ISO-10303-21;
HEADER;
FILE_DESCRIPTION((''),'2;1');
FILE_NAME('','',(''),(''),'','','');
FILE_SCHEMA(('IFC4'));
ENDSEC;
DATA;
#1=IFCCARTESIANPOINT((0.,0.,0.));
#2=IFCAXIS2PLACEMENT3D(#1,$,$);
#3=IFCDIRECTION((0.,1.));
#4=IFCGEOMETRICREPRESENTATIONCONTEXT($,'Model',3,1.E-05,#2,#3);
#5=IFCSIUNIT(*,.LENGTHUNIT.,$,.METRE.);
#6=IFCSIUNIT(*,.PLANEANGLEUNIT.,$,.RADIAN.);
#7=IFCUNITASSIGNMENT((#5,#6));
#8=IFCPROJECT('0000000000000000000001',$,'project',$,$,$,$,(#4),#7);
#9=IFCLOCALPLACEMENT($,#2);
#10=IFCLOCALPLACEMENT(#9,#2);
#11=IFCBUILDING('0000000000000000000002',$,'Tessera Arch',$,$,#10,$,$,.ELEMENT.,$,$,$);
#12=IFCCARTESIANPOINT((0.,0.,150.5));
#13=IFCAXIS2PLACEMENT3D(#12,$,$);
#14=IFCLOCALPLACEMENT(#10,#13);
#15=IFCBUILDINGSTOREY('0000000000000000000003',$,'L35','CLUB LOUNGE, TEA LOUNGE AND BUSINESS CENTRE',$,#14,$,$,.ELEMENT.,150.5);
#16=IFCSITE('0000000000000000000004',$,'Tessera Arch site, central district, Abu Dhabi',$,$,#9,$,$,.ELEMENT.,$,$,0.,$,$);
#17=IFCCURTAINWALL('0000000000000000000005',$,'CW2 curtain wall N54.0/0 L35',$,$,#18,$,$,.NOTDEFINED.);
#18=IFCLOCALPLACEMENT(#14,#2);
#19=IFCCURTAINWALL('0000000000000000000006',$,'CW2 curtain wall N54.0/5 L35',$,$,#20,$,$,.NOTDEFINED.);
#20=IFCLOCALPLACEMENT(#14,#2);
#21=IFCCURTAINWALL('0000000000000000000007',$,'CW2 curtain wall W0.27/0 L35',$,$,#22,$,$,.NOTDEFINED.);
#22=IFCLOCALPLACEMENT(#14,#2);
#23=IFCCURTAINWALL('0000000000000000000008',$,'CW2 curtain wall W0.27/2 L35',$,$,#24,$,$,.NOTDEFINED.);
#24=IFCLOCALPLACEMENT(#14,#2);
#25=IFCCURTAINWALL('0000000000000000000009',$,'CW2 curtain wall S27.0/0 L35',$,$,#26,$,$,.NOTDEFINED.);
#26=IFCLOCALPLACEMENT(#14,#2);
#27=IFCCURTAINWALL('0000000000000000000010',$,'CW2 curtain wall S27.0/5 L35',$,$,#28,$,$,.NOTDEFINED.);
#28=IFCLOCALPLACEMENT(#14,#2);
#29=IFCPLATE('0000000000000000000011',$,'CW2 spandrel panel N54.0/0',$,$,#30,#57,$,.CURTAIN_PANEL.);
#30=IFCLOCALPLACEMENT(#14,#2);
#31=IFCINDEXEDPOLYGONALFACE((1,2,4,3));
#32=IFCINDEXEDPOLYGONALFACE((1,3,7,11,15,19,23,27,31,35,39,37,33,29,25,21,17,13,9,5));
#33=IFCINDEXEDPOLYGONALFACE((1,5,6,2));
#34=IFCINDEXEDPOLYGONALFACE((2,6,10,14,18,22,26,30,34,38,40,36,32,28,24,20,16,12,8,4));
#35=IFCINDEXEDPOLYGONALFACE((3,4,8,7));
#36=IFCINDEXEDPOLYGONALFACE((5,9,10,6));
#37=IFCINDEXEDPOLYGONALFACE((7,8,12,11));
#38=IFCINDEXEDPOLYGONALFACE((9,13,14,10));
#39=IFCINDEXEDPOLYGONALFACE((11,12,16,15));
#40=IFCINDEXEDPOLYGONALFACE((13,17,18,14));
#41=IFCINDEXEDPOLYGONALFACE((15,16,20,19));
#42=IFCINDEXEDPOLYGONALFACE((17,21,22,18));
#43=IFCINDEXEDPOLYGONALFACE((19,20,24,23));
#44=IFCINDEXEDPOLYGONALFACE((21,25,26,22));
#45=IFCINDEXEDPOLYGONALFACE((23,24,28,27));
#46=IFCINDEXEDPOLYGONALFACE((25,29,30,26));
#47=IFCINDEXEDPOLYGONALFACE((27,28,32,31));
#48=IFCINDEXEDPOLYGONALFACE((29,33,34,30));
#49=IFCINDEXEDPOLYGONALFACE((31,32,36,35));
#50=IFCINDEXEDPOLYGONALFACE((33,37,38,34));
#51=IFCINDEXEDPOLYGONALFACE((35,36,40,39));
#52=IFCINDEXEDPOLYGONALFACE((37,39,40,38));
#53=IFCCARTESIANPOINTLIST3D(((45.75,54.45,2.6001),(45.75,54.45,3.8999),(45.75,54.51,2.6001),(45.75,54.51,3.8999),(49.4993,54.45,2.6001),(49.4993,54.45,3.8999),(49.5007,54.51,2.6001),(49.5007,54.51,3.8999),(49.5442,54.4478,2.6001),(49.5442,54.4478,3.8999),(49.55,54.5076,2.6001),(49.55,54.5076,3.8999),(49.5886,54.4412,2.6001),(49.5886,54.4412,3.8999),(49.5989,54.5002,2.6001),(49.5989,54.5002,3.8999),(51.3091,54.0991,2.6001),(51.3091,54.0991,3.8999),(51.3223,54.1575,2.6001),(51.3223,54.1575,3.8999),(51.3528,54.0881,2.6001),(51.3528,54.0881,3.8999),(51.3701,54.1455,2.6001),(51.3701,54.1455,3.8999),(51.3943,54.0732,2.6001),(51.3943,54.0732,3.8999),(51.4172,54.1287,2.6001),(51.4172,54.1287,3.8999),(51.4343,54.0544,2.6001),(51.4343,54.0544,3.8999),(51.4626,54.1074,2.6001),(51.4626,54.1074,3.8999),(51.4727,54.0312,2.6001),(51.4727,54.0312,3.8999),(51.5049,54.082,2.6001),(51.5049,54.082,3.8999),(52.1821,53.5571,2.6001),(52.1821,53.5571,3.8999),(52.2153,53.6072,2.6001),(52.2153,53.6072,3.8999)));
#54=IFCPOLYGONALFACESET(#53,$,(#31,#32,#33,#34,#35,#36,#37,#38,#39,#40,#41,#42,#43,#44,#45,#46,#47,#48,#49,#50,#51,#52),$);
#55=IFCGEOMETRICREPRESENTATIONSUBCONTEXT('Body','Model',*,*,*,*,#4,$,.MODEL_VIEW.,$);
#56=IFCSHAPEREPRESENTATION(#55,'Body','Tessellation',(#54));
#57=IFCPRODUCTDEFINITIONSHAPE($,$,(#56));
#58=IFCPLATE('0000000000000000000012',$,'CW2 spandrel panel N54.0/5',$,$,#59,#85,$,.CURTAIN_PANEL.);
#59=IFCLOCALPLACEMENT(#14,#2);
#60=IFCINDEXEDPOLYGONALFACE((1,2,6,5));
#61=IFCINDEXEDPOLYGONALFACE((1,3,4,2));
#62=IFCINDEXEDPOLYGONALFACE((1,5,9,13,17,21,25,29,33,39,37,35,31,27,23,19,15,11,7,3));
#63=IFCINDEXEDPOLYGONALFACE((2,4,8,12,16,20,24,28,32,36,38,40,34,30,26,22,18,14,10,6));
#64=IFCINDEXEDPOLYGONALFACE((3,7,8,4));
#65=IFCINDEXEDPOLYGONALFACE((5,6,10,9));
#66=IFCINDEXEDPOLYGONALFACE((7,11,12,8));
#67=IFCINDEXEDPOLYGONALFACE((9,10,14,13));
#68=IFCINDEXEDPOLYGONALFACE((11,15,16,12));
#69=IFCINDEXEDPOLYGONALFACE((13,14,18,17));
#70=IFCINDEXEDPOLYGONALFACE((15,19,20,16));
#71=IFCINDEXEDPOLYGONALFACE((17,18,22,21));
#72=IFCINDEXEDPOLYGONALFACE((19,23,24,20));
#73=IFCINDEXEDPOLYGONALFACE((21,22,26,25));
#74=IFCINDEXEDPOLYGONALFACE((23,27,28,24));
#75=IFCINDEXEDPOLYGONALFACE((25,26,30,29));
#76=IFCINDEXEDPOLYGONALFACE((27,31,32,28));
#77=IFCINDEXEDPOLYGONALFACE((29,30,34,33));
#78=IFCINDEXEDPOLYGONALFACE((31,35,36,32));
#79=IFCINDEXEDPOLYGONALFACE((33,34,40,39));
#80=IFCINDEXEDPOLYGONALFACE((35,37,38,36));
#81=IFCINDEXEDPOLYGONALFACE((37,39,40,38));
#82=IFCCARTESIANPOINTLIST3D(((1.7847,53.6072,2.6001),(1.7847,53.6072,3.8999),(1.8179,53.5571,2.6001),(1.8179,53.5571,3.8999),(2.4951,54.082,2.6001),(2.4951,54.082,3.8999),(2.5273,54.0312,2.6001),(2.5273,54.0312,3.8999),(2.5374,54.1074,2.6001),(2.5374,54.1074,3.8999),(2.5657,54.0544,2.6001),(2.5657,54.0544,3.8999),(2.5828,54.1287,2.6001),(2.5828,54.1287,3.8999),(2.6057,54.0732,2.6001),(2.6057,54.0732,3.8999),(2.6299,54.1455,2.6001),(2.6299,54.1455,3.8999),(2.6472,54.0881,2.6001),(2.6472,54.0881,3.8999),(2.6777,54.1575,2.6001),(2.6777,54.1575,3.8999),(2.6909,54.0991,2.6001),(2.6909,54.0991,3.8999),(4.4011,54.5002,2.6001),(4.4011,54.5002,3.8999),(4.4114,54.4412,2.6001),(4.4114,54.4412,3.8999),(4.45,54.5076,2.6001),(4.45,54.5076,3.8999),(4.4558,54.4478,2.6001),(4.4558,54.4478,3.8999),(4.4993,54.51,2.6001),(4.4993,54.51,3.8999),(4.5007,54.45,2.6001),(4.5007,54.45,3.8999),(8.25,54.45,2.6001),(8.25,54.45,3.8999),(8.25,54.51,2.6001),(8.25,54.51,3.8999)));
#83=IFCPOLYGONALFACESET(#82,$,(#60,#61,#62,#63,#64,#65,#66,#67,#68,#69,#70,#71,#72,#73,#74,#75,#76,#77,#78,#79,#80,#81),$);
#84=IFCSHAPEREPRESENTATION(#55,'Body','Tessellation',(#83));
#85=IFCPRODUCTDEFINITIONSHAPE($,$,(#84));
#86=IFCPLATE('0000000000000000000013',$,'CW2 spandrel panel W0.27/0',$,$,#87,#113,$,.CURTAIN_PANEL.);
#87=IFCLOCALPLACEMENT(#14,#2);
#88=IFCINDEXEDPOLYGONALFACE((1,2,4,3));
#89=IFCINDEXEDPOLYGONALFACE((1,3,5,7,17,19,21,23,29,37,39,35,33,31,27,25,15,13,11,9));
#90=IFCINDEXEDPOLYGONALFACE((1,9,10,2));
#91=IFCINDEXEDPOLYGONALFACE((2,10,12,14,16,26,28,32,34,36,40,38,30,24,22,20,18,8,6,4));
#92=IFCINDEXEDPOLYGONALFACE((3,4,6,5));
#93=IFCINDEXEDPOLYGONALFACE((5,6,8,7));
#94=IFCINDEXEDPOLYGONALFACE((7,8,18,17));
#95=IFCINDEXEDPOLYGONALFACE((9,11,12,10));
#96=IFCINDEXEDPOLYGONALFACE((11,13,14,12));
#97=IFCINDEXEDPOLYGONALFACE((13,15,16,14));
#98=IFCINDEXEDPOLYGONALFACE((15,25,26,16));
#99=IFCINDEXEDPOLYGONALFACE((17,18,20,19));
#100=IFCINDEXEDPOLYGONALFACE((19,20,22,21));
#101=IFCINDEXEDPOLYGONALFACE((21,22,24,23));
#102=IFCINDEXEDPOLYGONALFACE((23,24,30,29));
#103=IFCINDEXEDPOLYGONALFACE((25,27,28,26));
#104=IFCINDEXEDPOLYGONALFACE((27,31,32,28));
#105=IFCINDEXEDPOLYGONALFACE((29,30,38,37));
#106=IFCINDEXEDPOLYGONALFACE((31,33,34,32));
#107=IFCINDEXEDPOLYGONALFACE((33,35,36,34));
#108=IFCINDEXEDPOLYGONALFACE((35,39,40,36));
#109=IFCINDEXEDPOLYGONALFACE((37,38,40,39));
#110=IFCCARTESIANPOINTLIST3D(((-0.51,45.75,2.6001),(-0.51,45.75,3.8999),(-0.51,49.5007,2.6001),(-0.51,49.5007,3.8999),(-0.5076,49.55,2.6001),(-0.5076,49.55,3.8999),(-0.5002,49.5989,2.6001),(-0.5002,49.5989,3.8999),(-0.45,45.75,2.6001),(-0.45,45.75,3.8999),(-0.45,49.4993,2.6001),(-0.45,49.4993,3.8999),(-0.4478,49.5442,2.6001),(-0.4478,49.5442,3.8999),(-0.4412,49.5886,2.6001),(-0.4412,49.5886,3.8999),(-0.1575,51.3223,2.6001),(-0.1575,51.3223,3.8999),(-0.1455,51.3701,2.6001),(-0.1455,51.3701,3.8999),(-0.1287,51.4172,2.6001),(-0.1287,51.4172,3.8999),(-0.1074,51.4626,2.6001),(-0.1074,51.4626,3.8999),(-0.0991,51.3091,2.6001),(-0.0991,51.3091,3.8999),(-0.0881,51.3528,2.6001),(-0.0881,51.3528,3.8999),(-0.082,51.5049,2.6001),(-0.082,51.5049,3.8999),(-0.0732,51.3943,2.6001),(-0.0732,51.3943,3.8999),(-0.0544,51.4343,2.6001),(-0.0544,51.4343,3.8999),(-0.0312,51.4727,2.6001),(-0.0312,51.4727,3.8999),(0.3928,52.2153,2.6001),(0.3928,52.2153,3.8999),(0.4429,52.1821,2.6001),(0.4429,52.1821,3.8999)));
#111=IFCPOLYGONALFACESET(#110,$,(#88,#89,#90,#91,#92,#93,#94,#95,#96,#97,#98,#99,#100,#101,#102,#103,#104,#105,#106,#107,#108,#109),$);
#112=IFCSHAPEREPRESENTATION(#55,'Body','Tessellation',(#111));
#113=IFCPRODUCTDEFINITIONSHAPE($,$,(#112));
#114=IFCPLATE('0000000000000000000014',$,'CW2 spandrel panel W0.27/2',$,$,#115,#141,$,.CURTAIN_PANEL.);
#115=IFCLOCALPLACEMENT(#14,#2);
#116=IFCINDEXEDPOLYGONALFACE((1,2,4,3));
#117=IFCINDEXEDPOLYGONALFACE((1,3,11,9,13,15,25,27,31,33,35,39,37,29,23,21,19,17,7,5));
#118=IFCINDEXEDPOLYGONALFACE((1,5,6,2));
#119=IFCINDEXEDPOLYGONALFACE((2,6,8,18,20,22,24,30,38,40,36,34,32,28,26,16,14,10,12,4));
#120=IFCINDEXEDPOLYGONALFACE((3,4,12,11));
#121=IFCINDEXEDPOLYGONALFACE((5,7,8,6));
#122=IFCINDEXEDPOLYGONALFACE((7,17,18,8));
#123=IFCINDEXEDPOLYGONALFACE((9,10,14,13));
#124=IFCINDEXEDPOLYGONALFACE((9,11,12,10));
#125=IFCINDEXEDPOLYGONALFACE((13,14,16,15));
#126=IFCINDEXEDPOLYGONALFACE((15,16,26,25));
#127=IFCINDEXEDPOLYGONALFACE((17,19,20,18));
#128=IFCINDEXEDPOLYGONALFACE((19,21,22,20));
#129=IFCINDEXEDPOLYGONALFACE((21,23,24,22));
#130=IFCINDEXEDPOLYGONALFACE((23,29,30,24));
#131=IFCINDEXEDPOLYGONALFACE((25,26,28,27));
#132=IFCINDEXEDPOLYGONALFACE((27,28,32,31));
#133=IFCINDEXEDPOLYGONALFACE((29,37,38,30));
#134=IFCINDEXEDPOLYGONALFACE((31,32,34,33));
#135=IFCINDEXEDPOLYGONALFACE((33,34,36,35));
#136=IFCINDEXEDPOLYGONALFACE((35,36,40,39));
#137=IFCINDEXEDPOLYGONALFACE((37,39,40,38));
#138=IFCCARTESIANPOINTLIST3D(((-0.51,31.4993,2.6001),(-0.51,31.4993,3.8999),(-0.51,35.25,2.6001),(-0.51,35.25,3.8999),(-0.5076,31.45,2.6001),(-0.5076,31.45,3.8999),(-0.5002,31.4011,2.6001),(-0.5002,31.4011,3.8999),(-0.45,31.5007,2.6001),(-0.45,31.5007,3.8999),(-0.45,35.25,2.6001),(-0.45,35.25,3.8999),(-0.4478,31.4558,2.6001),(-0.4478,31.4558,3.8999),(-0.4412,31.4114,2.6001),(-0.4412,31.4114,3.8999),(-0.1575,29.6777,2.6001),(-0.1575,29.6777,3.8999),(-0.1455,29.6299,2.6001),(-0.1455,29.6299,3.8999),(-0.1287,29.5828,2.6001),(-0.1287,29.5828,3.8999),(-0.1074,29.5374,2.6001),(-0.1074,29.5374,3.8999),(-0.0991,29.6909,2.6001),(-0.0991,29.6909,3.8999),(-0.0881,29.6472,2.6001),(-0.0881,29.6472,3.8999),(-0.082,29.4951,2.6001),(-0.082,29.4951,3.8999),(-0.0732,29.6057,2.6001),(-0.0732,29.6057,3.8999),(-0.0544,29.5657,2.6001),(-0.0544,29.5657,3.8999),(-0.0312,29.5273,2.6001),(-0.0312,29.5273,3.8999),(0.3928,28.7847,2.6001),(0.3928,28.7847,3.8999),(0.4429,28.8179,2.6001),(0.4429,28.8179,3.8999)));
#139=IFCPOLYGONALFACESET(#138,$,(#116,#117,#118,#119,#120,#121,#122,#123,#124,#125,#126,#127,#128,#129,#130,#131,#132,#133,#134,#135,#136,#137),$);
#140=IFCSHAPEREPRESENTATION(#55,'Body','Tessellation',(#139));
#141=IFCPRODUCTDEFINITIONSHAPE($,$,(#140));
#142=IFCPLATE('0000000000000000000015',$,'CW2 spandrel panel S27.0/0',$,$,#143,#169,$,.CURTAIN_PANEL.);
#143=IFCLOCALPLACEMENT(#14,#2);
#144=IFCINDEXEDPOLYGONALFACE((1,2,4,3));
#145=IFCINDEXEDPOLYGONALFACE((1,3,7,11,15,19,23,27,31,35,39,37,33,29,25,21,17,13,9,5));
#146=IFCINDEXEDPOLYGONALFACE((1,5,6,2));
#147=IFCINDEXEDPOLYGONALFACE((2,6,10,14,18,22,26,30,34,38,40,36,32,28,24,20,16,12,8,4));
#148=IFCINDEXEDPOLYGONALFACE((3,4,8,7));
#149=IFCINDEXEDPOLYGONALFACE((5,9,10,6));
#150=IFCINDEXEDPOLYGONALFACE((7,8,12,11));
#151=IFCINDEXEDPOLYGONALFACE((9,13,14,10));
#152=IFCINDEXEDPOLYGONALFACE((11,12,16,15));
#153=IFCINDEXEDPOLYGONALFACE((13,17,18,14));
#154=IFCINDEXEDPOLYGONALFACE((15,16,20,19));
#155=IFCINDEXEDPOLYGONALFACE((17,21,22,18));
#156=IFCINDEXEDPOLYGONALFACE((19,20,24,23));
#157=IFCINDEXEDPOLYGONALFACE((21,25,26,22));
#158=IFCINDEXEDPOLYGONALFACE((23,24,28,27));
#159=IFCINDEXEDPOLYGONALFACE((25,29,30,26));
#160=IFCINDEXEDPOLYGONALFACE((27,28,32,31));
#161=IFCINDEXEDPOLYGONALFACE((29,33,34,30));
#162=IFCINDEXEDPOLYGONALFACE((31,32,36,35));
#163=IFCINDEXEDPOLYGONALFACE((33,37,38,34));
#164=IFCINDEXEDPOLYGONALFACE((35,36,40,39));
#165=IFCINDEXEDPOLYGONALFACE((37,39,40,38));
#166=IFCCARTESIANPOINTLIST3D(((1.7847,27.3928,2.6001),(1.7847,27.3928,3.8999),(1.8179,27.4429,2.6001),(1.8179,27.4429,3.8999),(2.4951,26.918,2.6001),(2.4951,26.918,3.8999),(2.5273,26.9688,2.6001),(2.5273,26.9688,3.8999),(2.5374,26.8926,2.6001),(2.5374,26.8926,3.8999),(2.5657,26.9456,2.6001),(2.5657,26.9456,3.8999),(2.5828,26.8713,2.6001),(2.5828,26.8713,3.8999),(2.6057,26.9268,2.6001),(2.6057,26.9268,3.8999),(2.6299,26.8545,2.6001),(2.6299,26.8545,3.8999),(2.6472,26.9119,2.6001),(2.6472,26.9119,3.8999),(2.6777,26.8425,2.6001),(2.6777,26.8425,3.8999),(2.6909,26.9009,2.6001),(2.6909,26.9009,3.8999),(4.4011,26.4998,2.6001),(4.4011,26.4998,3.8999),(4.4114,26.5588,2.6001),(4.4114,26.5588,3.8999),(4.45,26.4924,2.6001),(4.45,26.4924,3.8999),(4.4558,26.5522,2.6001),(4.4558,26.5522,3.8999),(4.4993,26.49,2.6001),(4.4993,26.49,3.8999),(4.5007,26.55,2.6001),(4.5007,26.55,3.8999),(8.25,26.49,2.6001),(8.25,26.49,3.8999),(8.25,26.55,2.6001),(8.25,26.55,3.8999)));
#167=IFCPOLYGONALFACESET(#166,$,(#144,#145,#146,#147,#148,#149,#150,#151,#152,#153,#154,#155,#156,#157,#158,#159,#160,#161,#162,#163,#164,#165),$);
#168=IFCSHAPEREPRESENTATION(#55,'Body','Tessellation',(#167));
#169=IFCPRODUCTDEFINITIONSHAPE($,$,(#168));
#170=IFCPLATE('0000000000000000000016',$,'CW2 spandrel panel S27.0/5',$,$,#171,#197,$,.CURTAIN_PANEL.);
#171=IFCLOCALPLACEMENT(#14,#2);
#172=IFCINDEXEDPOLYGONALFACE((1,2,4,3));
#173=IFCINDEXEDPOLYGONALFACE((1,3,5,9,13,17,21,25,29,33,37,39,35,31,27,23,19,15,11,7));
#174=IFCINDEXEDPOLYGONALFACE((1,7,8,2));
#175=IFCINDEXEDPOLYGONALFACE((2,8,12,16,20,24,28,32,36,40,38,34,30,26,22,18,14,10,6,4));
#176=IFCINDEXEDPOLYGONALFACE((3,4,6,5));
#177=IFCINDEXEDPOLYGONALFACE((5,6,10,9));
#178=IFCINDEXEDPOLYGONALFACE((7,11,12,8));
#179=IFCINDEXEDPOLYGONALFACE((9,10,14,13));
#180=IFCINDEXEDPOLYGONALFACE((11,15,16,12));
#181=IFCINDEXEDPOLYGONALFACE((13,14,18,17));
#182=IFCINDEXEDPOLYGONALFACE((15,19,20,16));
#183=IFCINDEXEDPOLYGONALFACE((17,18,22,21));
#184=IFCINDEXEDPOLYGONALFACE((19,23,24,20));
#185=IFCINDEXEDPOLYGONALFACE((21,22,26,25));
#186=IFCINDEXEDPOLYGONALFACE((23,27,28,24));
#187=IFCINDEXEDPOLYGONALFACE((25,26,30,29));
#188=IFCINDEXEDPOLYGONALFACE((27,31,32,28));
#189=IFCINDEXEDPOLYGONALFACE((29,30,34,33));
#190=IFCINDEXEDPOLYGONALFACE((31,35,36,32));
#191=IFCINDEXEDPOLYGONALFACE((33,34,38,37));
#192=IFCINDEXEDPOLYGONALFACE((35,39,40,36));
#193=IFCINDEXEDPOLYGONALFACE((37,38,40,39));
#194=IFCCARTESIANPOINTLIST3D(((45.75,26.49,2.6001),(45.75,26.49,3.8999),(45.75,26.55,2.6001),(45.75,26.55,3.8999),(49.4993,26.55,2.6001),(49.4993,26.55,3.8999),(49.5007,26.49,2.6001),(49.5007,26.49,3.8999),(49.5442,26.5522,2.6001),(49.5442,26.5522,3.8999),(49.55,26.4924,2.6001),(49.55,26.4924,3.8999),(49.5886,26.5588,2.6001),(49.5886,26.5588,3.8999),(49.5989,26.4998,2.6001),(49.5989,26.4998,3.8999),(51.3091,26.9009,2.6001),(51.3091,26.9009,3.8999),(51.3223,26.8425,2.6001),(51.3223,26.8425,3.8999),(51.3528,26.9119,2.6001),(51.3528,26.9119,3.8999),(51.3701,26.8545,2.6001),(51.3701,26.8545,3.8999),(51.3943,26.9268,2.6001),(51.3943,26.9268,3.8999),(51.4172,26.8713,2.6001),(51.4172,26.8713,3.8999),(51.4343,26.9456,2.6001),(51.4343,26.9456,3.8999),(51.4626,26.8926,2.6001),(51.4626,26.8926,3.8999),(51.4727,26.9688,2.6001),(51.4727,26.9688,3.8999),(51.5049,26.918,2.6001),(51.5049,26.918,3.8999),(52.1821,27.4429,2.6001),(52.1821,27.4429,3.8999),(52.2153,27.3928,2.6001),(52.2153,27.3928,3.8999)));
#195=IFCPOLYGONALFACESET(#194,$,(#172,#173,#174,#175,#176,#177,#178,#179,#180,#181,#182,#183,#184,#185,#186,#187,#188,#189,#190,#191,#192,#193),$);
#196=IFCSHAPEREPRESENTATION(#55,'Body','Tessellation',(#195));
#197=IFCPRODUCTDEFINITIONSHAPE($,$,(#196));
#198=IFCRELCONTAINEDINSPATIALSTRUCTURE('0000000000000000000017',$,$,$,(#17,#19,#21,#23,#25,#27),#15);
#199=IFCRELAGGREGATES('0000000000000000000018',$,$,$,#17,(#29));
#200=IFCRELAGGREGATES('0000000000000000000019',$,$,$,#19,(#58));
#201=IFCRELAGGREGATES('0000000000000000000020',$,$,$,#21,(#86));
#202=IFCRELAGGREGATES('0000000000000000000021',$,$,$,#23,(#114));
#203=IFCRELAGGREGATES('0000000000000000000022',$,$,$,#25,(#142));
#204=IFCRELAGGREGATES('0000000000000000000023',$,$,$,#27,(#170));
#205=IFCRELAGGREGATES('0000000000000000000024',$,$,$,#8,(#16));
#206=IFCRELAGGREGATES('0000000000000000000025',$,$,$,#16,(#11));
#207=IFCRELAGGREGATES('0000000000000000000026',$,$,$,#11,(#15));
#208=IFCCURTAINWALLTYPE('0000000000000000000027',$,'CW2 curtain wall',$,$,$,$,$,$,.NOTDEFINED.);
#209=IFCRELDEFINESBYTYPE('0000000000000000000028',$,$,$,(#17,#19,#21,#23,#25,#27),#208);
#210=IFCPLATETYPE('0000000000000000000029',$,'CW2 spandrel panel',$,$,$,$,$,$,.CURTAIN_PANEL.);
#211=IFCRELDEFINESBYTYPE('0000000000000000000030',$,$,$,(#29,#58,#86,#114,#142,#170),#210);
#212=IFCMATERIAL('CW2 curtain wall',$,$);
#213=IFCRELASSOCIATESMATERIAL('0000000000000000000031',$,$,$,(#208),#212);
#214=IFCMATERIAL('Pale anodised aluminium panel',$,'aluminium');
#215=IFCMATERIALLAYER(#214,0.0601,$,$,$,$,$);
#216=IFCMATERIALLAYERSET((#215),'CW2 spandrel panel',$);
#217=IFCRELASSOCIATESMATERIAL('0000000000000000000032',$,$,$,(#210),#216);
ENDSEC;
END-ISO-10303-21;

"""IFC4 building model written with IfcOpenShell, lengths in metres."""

from ifc_helpers import new_model, si_unit, direction, frame, origin, place, context, subcontext, project, spatial, polyline, outline, extrude, material, layer, layer_set, type_object, element, aggregate, save


model = new_model("IFC4")

# Units and contexts
model_context = context("Model", 3, precision=1e-05, world=origin(), true_north=direction((0.0, 1.0)))
body_context = subcontext(model_context, "Body", "Model", "MODEL_VIEW")
ifc_project = project(units=[si_unit("LENGTHUNIT", "METRE"), si_unit("PLANEANGLEUNIT", "RADIAN")], contexts=[model_context])

# Site, building, storey
site_placement = place(None, origin())
site = spatial("IfcSite", under=ifc_project, at=site_placement, Name="Tessera Arch site, central district, Abu Dhabi", CompositionType="ELEMENT", RefElevation=0.0)
building_placement = place(site_placement, origin())
building = spatial("IfcBuilding", under=site, at=building_placement, Name="Tessera Arch", CompositionType="ELEMENT")
storey_placement = place(building_placement, frame((0.0, 0.0, 150.5)))
storey = spatial("IfcBuildingStorey", under=building, at=storey_placement, Name="L35", Description="CLUB LOUNGE, TEA LOUNGE AND BUSINESS CENTRE", CompositionType="ELEMENT", Elevation=150.5)

# Curtain walls
ifc_material_1 = material(Name="CW2 curtain wall")
curtain_wall_type = type_object("IfcCurtainWallType", Name="CW2 curtain wall", PredefinedType="NOTDEFINED", material=ifc_material_1)
curtain_wall_1_placement = place(storey_placement, origin())
curtain_wall_1 = element("IfcCurtainWall", 1, at=curtain_wall_1_placement, inside=storey, type_object=curtain_wall_type, Name="CW2 curtain wall N54.0/0 L35", PredefinedType="NOTDEFINED")
curtain_wall_2_placement = place(storey_placement, origin())
curtain_wall_2 = element("IfcCurtainWall", 2, at=curtain_wall_2_placement, inside=storey, type_object=curtain_wall_type, Name="CW2 curtain wall N54.0/5 L35", PredefinedType="NOTDEFINED")
curtain_wall_3_placement = place(storey_placement, origin())
curtain_wall_3 = element("IfcCurtainWall", 3, at=curtain_wall_3_placement, inside=storey, type_object=curtain_wall_type, Name="CW2 curtain wall W0.27/0 L35", PredefinedType="NOTDEFINED")
curtain_wall_4_placement = place(storey_placement, origin())
curtain_wall_4 = element("IfcCurtainWall", 4, at=curtain_wall_4_placement, inside=storey, type_object=curtain_wall_type, Name="CW2 curtain wall W0.27/2 L35", PredefinedType="NOTDEFINED")
curtain_wall_5_placement = place(storey_placement, origin())
curtain_wall_5 = element("IfcCurtainWall", 5, at=curtain_wall_5_placement, inside=storey, type_object=curtain_wall_type, Name="CW2 curtain wall S27.0/0 L35", PredefinedType="NOTDEFINED")
curtain_wall_6_placement = place(storey_placement, origin())
curtain_wall_6 = element("IfcCurtainWall", 6, at=curtain_wall_6_placement, inside=storey, type_object=curtain_wall_type, Name="CW2 curtain wall S27.0/5 L35", PredefinedType="NOTDEFINED")

# Plates
ifc_material_2 = material(Name="Pale anodised aluminium panel", Category="aluminium")
ifc_layer_1 = layer(ifc_material_2, 0.0601)
ifc_layer_set_1 = layer_set([ifc_layer_1], Name="CW2 spandrel panel")
plate_type = type_object("IfcPlateType", Name="CW2 spandrel panel", PredefinedType="CURTAIN_PANEL", material=ifc_layer_set_1)
plate_1_placement = place(storey_placement, frame((0.0, 0.0, 2.6001)))
plate_1 = element("IfcPlate", 7, at=plate_1_placement, type_object=plate_type, Name="CW2 spandrel panel N54.0/0", PredefinedType="CURTAIN_PANEL", context=body_context, shape_type="SweptSolid", body=[
    extrude(outline(polyline([(51.4727, 54.0312), (52.1821, 53.5571), (52.2153, 53.6072), (51.5049, 54.082), (51.4626, 54.1074), (51.4172, 54.1287), (51.3701, 54.1455), (51.3223, 54.1575), (49.5989, 54.5002), (49.55, 54.5076), (49.5007, 54.51), (45.75, 54.51), (45.75, 54.45), (49.4993, 54.45), (49.5442, 54.4478), (49.5886, 54.4412), (51.3091, 54.0991), (51.3528, 54.0881), (51.3943, 54.0732), (51.4343, 54.0544), (51.4727, 54.0312)])), origin(), (0.0, 0.0, 1.0), 1.2998),
])
aggregate(curtain_wall_1, [plate_1])
plate_2_placement = place(storey_placement, frame((0.0, 0.0, 2.6001)))
plate_2 = element("IfcPlate", 8, at=plate_2_placement, type_object=plate_type, Name="CW2 spandrel panel N54.0/5", PredefinedType="CURTAIN_PANEL", context=body_context, shape_type="SweptSolid", body=[
    extrude(outline(polyline([(4.5007, 54.45), (8.25, 54.45), (8.25, 54.51), (4.4993, 54.51), (4.45, 54.5076), (4.4011, 54.5002), (2.6777, 54.1575), (2.6299, 54.1455), (2.5828, 54.1287), (2.5374, 54.1074), (2.4951, 54.082), (1.7847, 53.6072), (1.8179, 53.5571), (2.5273, 54.0312), (2.5657, 54.0544), (2.6057, 54.0732), (2.6472, 54.0881), (2.6909, 54.0991), (4.4114, 54.4412), (4.4558, 54.4478), (4.5007, 54.45)])), origin(), (0.0, 0.0, 1.0), 1.2998),
])
aggregate(curtain_wall_2, [plate_2])
plate_3_placement = place(storey_placement, frame((0.0, 0.0, 2.6001)))
plate_3 = element("IfcPlate", 9, at=plate_3_placement, type_object=plate_type, Name="CW2 spandrel panel W0.27/0", PredefinedType="CURTAIN_PANEL", context=body_context, shape_type="SweptSolid", body=[
    extrude(outline(polyline([(-0.0312, 51.4727), (0.4429, 52.1821), (0.3928, 52.2153), (-0.082, 51.5049), (-0.1074, 51.4626), (-0.1287, 51.4172), (-0.1455, 51.3701), (-0.1575, 51.3223), (-0.5002, 49.5989), (-0.5076, 49.55), (-0.51, 49.5007), (-0.51, 45.75), (-0.45, 45.75), (-0.45, 49.4993), (-0.4478, 49.5442), (-0.4412, 49.5886), (-0.0991, 51.3091), (-0.0881, 51.3528), (-0.0732, 51.3943), (-0.0544, 51.4343), (-0.0312, 51.4727)])), origin(), (0.0, 0.0, 1.0), 1.2998),
])
aggregate(curtain_wall_3, [plate_3])
plate_4_placement = place(storey_placement, frame((0.0, 0.0, 2.6001)))
plate_4 = element("IfcPlate", 10, at=plate_4_placement, type_object=plate_type, Name="CW2 spandrel panel W0.27/2", PredefinedType="CURTAIN_PANEL", context=body_context, shape_type="SweptSolid", body=[
    extrude(outline(polyline([(-0.45, 31.5007), (-0.45, 35.25), (-0.51, 35.25), (-0.51, 31.4993), (-0.5076, 31.45), (-0.5002, 31.4011), (-0.1575, 29.6777), (-0.1455, 29.6299), (-0.1287, 29.5828), (-0.1074, 29.5374), (-0.082, 29.4951), (0.3928, 28.7847), (0.4429, 28.8179), (-0.0312, 29.5273), (-0.0544, 29.5657), (-0.0732, 29.6057), (-0.0881, 29.6472), (-0.0991, 29.6909), (-0.4412, 31.4114), (-0.4478, 31.4558), (-0.45, 31.5007)])), origin(), (0.0, 0.0, 1.0), 1.2998),
])
aggregate(curtain_wall_4, [plate_4])
plate_5_placement = place(storey_placement, frame((0.0, 0.0, 2.6001)))
plate_5 = element("IfcPlate", 11, at=plate_5_placement, type_object=plate_type, Name="CW2 spandrel panel S27.0/0", PredefinedType="CURTAIN_PANEL", context=body_context, shape_type="SweptSolid", body=[
    extrude(outline(polyline([(2.5273, 26.9688), (1.8179, 27.4429), (1.7847, 27.3928), (2.4951, 26.918), (2.5374, 26.8926), (2.5828, 26.8713), (2.6299, 26.8545), (2.6777, 26.8425), (4.4011, 26.4998), (4.45, 26.4924), (4.4993, 26.49), (8.25, 26.49), (8.25, 26.55), (4.5007, 26.55), (4.4558, 26.5522), (4.4114, 26.5588), (2.6909, 26.9009), (2.6472, 26.9119), (2.6057, 26.9268), (2.5657, 26.9456), (2.5273, 26.9688)])), origin(), (0.0, 0.0, 1.0), 1.2998),
])
aggregate(curtain_wall_5, [plate_5])
plate_6_placement = place(storey_placement, frame((0.0, 0.0, 2.6001)))
plate_6 = element("IfcPlate", 12, at=plate_6_placement, type_object=plate_type, Name="CW2 spandrel panel S27.0/5", PredefinedType="CURTAIN_PANEL", context=body_context, shape_type="SweptSolid", body=[
    extrude(outline(polyline([(49.4993, 26.55), (45.75, 26.55), (45.75, 26.49), (49.5007, 26.49), (49.55, 26.4924), (49.5989, 26.4998), (51.3223, 26.8425), (51.3701, 26.8545), (51.4172, 26.8713), (51.4626, 26.8926), (51.5049, 26.918), (52.2153, 27.3928), (52.1821, 27.4429), (51.4727, 26.9688), (51.4343, 26.9456), (51.3943, 26.9268), (51.3528, 26.9119), (51.3091, 26.9009), (49.5886, 26.5588), (49.5442, 26.5522), (49.4993, 26.55)])), origin(), (0.0, 0.0, 1.0), 1.2998),
])
aggregate(curtain_wall_6, [plate_6])

save(model, "model.ifc")
